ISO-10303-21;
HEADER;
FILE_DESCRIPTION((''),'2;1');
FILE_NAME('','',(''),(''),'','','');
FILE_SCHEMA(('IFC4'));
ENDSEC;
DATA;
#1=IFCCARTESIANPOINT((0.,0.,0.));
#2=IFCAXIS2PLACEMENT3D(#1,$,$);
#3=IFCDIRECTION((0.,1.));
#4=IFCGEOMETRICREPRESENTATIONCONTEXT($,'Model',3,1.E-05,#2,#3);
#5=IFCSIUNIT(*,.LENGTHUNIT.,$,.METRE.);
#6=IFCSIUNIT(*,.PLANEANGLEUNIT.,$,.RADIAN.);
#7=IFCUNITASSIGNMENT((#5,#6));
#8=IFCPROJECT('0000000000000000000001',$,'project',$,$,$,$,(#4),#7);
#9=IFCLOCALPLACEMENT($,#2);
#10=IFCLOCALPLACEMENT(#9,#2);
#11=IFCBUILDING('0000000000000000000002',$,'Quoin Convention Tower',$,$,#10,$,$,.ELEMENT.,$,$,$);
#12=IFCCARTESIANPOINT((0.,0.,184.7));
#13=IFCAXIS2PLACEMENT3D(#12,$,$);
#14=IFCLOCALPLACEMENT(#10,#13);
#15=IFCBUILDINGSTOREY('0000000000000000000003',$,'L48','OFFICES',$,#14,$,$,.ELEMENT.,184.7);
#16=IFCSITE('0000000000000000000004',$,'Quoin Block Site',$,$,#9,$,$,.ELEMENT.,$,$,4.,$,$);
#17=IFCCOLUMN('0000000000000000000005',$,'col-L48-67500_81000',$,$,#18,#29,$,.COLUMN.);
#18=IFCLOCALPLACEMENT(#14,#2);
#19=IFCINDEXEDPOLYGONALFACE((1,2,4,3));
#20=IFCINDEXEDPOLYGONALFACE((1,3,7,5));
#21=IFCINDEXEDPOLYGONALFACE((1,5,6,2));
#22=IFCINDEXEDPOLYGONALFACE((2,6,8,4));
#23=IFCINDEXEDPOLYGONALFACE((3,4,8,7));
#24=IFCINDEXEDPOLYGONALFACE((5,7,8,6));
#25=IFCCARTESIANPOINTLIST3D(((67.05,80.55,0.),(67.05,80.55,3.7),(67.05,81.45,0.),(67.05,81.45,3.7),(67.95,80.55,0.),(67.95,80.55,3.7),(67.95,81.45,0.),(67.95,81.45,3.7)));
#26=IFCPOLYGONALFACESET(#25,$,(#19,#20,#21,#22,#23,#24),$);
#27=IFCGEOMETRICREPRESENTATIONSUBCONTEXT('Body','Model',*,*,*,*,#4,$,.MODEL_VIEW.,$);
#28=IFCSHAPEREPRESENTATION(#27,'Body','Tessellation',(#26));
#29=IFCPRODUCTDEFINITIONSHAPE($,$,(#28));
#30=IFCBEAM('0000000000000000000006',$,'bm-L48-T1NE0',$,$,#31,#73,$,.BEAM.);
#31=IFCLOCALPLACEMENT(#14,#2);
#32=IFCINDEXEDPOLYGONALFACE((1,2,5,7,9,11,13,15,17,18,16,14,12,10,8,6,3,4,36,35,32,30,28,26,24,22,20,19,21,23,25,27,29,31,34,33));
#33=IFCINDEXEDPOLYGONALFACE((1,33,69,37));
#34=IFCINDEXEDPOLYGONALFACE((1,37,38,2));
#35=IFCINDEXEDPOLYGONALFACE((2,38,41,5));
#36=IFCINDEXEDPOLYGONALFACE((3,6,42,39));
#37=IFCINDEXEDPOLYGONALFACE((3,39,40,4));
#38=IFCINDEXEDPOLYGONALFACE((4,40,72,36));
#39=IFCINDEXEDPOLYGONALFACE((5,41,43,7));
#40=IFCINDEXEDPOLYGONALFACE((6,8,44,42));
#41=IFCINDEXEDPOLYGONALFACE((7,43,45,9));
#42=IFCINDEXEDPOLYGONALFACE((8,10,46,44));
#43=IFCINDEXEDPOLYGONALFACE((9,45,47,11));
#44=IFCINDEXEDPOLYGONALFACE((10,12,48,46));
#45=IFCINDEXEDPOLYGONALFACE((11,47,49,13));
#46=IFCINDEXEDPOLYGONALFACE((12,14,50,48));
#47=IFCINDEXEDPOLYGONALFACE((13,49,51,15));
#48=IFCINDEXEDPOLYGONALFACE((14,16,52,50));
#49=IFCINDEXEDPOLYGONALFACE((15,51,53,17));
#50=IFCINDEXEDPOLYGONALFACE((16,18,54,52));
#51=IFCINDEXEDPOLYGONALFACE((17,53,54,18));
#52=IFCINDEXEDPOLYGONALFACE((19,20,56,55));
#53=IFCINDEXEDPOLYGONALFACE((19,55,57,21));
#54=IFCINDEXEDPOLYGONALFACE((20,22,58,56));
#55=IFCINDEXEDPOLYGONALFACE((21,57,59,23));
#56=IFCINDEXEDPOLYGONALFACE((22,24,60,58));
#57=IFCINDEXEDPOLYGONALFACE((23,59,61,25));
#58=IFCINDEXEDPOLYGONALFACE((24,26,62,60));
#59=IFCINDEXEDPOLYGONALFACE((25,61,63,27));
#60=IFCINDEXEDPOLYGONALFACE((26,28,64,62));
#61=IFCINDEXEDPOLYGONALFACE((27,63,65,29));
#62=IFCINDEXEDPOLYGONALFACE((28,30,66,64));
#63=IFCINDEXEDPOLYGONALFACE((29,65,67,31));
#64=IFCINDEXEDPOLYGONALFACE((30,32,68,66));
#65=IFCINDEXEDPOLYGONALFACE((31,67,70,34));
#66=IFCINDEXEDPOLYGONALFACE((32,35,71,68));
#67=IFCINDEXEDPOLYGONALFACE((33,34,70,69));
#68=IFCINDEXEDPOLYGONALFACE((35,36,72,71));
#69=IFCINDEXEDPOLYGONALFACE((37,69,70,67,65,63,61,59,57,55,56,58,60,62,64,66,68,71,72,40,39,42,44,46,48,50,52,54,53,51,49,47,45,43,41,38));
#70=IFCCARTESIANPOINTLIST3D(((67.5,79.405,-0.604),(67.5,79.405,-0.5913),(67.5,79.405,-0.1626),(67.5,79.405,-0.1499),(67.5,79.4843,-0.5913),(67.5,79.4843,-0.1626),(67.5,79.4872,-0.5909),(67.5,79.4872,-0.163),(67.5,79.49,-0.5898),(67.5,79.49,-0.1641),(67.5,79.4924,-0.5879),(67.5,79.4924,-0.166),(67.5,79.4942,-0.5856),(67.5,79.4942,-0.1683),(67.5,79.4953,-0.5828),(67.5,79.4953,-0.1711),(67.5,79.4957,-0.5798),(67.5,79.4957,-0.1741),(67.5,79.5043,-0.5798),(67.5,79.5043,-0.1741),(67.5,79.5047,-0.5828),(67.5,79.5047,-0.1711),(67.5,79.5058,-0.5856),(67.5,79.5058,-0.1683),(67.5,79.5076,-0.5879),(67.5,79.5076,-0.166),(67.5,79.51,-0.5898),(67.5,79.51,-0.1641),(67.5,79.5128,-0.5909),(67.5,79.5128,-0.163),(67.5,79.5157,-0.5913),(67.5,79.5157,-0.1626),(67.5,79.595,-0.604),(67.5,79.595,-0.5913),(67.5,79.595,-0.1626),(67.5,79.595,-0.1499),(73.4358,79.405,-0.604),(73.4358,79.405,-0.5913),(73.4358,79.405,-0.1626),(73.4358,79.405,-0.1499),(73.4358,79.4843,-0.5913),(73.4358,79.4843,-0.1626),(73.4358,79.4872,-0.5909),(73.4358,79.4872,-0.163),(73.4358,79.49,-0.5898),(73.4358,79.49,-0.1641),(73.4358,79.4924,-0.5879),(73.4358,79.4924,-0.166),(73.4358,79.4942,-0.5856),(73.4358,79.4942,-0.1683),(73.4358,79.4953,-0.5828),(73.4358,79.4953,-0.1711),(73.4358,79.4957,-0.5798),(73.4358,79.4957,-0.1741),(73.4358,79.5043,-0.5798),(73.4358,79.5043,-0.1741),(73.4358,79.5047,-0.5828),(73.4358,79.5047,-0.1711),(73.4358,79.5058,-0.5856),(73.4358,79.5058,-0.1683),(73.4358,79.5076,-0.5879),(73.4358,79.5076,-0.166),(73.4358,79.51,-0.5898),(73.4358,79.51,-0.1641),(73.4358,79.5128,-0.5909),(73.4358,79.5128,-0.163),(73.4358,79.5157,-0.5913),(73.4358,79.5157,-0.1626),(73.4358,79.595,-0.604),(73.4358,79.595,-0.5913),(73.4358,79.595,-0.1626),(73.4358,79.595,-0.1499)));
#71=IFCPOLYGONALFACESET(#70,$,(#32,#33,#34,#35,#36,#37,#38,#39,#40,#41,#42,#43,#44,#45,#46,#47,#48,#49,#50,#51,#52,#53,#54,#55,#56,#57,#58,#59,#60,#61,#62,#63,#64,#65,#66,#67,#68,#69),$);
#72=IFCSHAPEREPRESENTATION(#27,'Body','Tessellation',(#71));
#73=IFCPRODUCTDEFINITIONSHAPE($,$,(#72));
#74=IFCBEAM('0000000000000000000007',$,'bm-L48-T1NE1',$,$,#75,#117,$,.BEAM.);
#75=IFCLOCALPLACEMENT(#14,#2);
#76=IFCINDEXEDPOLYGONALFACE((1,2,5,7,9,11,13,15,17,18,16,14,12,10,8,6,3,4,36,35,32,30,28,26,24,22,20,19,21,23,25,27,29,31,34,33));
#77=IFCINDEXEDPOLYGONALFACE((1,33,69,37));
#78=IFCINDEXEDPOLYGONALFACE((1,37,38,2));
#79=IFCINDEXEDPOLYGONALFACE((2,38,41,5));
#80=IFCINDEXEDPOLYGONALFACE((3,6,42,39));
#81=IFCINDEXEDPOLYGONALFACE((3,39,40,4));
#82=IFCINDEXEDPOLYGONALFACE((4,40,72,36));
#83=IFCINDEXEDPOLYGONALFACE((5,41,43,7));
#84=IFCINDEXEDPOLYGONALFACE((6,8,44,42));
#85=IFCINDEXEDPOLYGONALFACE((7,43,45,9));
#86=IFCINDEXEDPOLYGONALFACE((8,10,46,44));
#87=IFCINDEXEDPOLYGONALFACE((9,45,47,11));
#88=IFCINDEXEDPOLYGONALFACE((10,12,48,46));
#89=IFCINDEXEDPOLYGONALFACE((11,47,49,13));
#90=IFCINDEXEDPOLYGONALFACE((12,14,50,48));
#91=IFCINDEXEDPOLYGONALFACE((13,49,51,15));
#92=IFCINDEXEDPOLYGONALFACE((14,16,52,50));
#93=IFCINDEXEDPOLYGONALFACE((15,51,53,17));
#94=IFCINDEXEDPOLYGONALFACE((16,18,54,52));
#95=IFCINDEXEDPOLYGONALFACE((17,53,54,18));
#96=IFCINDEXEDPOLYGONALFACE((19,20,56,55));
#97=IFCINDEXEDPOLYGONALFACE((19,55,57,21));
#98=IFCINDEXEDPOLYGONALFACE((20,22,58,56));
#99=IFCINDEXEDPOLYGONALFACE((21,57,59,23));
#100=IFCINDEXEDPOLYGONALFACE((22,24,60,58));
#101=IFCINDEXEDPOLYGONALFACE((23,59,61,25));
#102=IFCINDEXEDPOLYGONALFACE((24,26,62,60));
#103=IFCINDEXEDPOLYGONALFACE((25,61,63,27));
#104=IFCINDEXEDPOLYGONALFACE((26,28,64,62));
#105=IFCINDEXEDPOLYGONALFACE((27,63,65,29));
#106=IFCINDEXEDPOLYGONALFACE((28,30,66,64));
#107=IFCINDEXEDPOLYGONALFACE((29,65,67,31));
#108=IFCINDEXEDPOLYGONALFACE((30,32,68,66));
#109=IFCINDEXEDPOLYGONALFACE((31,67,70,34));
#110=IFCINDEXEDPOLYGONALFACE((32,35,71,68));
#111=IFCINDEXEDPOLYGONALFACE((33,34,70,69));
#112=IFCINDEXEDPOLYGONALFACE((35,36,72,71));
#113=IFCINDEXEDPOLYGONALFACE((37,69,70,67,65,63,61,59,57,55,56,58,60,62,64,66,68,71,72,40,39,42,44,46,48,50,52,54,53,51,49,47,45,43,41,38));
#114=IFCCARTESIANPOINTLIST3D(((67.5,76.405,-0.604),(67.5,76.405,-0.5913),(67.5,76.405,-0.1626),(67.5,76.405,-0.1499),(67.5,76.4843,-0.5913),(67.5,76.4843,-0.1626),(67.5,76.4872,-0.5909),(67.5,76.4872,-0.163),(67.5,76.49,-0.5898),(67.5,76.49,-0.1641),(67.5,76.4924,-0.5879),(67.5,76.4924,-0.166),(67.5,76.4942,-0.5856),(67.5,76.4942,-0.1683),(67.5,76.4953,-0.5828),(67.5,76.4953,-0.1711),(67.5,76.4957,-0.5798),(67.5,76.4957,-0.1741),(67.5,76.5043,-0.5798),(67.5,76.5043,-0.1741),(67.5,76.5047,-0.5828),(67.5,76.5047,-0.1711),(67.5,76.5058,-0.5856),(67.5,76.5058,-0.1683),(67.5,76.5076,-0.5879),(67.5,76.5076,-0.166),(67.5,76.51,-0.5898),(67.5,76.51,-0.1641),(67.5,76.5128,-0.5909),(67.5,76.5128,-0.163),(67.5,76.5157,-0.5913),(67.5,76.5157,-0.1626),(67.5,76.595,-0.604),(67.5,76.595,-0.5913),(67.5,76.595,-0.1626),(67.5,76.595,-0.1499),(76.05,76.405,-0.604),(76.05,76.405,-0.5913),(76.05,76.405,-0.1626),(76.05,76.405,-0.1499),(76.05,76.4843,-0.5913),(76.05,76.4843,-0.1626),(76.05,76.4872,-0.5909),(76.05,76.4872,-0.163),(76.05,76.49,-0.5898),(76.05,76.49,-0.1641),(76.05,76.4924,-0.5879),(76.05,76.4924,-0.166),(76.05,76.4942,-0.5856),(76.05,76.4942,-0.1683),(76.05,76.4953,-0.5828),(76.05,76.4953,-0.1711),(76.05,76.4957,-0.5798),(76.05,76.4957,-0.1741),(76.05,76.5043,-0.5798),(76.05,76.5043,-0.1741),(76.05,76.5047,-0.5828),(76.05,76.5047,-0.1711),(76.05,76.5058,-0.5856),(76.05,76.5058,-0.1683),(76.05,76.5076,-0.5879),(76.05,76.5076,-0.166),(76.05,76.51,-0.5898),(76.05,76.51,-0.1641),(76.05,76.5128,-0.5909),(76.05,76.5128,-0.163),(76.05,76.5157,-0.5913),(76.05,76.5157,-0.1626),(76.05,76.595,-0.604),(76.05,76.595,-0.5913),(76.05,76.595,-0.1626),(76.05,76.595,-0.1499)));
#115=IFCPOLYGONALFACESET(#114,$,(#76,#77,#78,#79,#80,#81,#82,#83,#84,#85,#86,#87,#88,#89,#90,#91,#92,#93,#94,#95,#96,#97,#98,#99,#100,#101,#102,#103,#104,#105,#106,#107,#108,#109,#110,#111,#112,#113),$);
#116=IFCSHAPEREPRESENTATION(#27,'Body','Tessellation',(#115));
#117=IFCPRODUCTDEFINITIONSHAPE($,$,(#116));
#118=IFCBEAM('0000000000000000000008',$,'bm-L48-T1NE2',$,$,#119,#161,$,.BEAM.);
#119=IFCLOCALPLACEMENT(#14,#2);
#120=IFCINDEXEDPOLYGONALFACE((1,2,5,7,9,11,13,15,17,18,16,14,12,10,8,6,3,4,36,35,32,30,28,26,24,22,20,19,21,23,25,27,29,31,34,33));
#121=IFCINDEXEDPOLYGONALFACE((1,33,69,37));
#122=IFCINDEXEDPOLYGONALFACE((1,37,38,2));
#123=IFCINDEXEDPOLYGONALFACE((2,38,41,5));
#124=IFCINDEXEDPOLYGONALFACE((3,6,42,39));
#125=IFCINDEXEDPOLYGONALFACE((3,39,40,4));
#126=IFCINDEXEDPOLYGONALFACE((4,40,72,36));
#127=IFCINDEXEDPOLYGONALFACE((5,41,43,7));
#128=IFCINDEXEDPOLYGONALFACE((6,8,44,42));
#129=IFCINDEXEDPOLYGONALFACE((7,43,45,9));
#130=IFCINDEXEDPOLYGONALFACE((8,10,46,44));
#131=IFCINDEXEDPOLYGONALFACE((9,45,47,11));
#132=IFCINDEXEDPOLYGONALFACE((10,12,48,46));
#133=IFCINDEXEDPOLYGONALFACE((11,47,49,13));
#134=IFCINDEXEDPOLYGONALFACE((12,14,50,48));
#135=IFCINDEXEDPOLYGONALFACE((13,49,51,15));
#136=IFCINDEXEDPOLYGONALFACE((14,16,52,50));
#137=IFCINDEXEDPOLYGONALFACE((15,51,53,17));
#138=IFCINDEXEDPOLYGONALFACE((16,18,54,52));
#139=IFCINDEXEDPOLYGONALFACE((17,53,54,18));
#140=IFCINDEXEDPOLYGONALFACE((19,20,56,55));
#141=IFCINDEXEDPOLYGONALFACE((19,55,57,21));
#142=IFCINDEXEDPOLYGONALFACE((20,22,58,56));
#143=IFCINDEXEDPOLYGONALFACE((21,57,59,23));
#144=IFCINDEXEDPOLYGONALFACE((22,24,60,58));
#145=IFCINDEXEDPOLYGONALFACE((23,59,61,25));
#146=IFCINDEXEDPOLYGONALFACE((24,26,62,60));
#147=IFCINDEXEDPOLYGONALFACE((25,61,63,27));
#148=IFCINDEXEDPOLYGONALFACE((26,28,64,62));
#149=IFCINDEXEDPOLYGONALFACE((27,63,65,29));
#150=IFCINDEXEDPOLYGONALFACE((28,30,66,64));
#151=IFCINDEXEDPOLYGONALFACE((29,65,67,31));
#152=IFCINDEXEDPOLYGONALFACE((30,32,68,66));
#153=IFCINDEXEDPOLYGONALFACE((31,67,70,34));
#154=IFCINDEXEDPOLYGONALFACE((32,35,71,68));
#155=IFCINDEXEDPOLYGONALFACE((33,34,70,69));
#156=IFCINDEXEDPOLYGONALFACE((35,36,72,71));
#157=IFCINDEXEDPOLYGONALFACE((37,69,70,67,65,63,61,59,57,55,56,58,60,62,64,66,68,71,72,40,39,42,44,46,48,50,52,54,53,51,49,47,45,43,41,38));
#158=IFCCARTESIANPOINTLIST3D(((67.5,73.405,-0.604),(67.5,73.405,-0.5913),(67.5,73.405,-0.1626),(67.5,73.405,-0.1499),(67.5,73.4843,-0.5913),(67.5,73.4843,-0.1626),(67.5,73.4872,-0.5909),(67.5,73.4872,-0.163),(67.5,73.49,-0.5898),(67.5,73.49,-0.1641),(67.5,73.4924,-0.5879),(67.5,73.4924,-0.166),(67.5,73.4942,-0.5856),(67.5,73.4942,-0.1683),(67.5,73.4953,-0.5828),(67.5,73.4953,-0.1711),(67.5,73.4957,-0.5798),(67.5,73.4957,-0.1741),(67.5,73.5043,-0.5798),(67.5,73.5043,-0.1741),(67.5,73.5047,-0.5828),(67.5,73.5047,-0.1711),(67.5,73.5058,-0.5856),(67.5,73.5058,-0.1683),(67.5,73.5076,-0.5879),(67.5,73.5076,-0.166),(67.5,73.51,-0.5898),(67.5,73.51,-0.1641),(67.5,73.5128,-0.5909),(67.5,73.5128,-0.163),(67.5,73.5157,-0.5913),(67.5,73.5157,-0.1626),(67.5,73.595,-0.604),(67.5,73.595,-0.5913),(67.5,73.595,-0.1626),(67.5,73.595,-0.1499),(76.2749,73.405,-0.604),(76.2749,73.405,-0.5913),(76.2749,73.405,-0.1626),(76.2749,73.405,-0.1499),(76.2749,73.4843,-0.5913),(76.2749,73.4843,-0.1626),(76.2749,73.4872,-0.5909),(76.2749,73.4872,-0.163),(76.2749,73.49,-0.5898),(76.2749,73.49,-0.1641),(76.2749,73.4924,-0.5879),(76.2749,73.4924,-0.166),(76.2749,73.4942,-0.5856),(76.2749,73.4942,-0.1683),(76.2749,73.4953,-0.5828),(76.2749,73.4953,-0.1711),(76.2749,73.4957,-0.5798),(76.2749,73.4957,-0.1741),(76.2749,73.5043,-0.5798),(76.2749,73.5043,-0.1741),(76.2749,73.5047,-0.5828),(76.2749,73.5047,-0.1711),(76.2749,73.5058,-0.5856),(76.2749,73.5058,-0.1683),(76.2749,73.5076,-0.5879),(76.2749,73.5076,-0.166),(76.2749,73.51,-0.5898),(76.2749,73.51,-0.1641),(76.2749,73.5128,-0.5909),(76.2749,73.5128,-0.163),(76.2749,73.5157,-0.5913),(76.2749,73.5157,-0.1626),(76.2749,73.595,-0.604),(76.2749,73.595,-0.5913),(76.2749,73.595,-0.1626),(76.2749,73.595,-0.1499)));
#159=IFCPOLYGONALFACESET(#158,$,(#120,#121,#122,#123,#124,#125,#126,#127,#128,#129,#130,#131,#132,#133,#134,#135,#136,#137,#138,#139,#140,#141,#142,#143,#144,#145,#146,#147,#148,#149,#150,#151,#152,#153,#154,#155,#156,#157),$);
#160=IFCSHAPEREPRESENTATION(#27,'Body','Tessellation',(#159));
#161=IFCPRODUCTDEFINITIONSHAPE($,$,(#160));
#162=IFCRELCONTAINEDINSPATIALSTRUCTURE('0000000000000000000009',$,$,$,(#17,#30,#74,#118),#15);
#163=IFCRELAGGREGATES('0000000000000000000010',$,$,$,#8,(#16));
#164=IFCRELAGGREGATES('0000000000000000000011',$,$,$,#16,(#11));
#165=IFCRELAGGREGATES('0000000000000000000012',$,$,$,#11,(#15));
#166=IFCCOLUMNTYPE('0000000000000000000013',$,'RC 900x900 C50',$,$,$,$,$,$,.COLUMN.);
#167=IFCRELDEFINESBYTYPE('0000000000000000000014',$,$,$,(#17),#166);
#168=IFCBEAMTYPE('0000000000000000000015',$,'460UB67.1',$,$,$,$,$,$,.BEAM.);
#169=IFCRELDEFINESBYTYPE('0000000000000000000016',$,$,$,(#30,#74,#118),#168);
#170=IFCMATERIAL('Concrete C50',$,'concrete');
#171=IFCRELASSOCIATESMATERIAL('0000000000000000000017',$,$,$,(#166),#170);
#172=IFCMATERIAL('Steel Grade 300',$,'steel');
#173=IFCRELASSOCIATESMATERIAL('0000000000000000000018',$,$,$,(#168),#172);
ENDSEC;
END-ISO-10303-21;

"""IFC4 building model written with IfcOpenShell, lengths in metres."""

from ifc_helpers import new_model, si_unit, direction, frame, origin, origin_2d, place, context, subcontext, project, spatial, rectangle, i_section, extrude, material, material_profile, profile_set, type_object, element, save


model = new_model("IFC4")

# Units and contexts
model_context = context("Model", 3, precision=1e-05, world=origin(), true_north=direction((0.0, 1.0)))
body_context = subcontext(model_context, "Body", "Model", "MODEL_VIEW")
ifc_project = project(units=[si_unit("LENGTHUNIT", "METRE"), si_unit("PLANEANGLEUNIT", "RADIAN")], contexts=[model_context])

# Site, building, storey
site_placement = place(None, origin())
site = spatial("IfcSite", under=ifc_project, at=site_placement, Name="Quoin Block Site", CompositionType="ELEMENT", RefElevation=4.0)
building_placement = place(site_placement, origin())
building = spatial("IfcBuilding", under=site, at=building_placement, Name="Quoin Convention Tower", CompositionType="ELEMENT")
storey_placement = place(building_placement, frame((0.0, 0.0, 184.7)))
storey = spatial("IfcBuildingStorey", under=building, at=storey_placement, Name="L48", Description="OFFICES", CompositionType="ELEMENT", Elevation=184.7)

# Column
ifc_material_1 = material(Name="Concrete C50", Category="concrete")
ifc_material_profile_1 = material_profile(ifc_material_1, rectangle(XDim=0.8999, YDim=0.8999, at=origin_2d()), Name="RC 900x900")
ifc_profile_set_1 = profile_set([ifc_material_profile_1], Name="Concrete C50")
column_type = type_object("IfcColumnType", Name="RC 900x900 C50", PredefinedType="COLUMN", material=ifc_profile_set_1)
column_placement = place(storey_placement, frame((67.5, 81.0, 0.0), z_axis=(0.0, 0.0, 1.0), x_axis=(1.0, 0.0, 0.0)))
element("IfcColumn", 1, at=column_placement, inside=storey, type_object=column_type, Name="col-L48-67500_81000", PredefinedType="COLUMN", context=body_context, shape_type="SweptSolid", body=[
    extrude(rectangle(XDim=0.8999, YDim=0.8999, at=origin_2d()), origin(), (0.0, 0.0, 1.0), 3.7),
])

# Beams
ifc_material_2 = material(Name="Steel Grade 300", Category="steel")
ifc_material_profile_2 = material_profile(ifc_material_2, i_section(OverallWidth=0.1899, OverallDepth=0.4541, WebThickness=0.0085, FlangeThickness=0.0127, FilletRadius=0.0115, at=origin_2d()), Name="460UB67.1")
ifc_profile_set_2 = profile_set([ifc_material_profile_2], Name="Steel Grade 300")
beam_type_1 = type_object("IfcBeamType", Name="460UB67.1", PredefinedType="BEAM", material=ifc_profile_set_2)
beam_1_placement = place(storey_placement, frame((67.5, 79.5, -0.377), z_axis=(1.0, 0.0, 0.0), x_axis=(0.0, 1.0, 0.0)))
element("IfcBeam", 2, at=beam_1_placement, inside=storey, type_object=beam_type_1, Name="bm-L48-T1NE0", PredefinedType="BEAM", context=body_context, shape_type="SweptSolid", body=[
    extrude(i_section(OverallWidth=0.1899, OverallDepth=0.4541, WebThickness=0.0085, FlangeThickness=0.0127, FilletRadius=0.0115, at=origin_2d()), origin(), (0.0, 0.0, 1.0), 5.9358),
])
beam_2_placement = place(storey_placement, frame((67.5, 76.5, -0.377), z_axis=(1.0, 0.0, 0.0), x_axis=(0.0, 1.0, 0.0)))
element("IfcBeam", 3, at=beam_2_placement, inside=storey, type_object=beam_type_1, Name="bm-L48-T1NE1", PredefinedType="BEAM", context=body_context, shape_type="SweptSolid", body=[
    extrude(i_section(OverallWidth=0.1899, OverallDepth=0.4541, WebThickness=0.0085, FlangeThickness=0.0127, FilletRadius=0.0115, at=origin_2d()), origin(), (0.0, 0.0, 1.0), 8.55),
])
beam_3_placement = place(storey_placement, frame((67.5, 73.5, -0.377), z_axis=(1.0, 0.0, 0.0), x_axis=(0.0, 1.0, 0.0)))
element("IfcBeam", 4, at=beam_3_placement, inside=storey, type_object=beam_type_1, Name="bm-L48-T1NE2", PredefinedType="BEAM", context=body_context, shape_type="SweptSolid", body=[
    extrude(i_section(OverallWidth=0.1899, OverallDepth=0.4541, WebThickness=0.0085, FlangeThickness=0.0127, FilletRadius=0.0115, at=origin_2d()), origin(), (0.0, 0.0, 1.0), 8.7749),
])

save(model, "model.ifc")
